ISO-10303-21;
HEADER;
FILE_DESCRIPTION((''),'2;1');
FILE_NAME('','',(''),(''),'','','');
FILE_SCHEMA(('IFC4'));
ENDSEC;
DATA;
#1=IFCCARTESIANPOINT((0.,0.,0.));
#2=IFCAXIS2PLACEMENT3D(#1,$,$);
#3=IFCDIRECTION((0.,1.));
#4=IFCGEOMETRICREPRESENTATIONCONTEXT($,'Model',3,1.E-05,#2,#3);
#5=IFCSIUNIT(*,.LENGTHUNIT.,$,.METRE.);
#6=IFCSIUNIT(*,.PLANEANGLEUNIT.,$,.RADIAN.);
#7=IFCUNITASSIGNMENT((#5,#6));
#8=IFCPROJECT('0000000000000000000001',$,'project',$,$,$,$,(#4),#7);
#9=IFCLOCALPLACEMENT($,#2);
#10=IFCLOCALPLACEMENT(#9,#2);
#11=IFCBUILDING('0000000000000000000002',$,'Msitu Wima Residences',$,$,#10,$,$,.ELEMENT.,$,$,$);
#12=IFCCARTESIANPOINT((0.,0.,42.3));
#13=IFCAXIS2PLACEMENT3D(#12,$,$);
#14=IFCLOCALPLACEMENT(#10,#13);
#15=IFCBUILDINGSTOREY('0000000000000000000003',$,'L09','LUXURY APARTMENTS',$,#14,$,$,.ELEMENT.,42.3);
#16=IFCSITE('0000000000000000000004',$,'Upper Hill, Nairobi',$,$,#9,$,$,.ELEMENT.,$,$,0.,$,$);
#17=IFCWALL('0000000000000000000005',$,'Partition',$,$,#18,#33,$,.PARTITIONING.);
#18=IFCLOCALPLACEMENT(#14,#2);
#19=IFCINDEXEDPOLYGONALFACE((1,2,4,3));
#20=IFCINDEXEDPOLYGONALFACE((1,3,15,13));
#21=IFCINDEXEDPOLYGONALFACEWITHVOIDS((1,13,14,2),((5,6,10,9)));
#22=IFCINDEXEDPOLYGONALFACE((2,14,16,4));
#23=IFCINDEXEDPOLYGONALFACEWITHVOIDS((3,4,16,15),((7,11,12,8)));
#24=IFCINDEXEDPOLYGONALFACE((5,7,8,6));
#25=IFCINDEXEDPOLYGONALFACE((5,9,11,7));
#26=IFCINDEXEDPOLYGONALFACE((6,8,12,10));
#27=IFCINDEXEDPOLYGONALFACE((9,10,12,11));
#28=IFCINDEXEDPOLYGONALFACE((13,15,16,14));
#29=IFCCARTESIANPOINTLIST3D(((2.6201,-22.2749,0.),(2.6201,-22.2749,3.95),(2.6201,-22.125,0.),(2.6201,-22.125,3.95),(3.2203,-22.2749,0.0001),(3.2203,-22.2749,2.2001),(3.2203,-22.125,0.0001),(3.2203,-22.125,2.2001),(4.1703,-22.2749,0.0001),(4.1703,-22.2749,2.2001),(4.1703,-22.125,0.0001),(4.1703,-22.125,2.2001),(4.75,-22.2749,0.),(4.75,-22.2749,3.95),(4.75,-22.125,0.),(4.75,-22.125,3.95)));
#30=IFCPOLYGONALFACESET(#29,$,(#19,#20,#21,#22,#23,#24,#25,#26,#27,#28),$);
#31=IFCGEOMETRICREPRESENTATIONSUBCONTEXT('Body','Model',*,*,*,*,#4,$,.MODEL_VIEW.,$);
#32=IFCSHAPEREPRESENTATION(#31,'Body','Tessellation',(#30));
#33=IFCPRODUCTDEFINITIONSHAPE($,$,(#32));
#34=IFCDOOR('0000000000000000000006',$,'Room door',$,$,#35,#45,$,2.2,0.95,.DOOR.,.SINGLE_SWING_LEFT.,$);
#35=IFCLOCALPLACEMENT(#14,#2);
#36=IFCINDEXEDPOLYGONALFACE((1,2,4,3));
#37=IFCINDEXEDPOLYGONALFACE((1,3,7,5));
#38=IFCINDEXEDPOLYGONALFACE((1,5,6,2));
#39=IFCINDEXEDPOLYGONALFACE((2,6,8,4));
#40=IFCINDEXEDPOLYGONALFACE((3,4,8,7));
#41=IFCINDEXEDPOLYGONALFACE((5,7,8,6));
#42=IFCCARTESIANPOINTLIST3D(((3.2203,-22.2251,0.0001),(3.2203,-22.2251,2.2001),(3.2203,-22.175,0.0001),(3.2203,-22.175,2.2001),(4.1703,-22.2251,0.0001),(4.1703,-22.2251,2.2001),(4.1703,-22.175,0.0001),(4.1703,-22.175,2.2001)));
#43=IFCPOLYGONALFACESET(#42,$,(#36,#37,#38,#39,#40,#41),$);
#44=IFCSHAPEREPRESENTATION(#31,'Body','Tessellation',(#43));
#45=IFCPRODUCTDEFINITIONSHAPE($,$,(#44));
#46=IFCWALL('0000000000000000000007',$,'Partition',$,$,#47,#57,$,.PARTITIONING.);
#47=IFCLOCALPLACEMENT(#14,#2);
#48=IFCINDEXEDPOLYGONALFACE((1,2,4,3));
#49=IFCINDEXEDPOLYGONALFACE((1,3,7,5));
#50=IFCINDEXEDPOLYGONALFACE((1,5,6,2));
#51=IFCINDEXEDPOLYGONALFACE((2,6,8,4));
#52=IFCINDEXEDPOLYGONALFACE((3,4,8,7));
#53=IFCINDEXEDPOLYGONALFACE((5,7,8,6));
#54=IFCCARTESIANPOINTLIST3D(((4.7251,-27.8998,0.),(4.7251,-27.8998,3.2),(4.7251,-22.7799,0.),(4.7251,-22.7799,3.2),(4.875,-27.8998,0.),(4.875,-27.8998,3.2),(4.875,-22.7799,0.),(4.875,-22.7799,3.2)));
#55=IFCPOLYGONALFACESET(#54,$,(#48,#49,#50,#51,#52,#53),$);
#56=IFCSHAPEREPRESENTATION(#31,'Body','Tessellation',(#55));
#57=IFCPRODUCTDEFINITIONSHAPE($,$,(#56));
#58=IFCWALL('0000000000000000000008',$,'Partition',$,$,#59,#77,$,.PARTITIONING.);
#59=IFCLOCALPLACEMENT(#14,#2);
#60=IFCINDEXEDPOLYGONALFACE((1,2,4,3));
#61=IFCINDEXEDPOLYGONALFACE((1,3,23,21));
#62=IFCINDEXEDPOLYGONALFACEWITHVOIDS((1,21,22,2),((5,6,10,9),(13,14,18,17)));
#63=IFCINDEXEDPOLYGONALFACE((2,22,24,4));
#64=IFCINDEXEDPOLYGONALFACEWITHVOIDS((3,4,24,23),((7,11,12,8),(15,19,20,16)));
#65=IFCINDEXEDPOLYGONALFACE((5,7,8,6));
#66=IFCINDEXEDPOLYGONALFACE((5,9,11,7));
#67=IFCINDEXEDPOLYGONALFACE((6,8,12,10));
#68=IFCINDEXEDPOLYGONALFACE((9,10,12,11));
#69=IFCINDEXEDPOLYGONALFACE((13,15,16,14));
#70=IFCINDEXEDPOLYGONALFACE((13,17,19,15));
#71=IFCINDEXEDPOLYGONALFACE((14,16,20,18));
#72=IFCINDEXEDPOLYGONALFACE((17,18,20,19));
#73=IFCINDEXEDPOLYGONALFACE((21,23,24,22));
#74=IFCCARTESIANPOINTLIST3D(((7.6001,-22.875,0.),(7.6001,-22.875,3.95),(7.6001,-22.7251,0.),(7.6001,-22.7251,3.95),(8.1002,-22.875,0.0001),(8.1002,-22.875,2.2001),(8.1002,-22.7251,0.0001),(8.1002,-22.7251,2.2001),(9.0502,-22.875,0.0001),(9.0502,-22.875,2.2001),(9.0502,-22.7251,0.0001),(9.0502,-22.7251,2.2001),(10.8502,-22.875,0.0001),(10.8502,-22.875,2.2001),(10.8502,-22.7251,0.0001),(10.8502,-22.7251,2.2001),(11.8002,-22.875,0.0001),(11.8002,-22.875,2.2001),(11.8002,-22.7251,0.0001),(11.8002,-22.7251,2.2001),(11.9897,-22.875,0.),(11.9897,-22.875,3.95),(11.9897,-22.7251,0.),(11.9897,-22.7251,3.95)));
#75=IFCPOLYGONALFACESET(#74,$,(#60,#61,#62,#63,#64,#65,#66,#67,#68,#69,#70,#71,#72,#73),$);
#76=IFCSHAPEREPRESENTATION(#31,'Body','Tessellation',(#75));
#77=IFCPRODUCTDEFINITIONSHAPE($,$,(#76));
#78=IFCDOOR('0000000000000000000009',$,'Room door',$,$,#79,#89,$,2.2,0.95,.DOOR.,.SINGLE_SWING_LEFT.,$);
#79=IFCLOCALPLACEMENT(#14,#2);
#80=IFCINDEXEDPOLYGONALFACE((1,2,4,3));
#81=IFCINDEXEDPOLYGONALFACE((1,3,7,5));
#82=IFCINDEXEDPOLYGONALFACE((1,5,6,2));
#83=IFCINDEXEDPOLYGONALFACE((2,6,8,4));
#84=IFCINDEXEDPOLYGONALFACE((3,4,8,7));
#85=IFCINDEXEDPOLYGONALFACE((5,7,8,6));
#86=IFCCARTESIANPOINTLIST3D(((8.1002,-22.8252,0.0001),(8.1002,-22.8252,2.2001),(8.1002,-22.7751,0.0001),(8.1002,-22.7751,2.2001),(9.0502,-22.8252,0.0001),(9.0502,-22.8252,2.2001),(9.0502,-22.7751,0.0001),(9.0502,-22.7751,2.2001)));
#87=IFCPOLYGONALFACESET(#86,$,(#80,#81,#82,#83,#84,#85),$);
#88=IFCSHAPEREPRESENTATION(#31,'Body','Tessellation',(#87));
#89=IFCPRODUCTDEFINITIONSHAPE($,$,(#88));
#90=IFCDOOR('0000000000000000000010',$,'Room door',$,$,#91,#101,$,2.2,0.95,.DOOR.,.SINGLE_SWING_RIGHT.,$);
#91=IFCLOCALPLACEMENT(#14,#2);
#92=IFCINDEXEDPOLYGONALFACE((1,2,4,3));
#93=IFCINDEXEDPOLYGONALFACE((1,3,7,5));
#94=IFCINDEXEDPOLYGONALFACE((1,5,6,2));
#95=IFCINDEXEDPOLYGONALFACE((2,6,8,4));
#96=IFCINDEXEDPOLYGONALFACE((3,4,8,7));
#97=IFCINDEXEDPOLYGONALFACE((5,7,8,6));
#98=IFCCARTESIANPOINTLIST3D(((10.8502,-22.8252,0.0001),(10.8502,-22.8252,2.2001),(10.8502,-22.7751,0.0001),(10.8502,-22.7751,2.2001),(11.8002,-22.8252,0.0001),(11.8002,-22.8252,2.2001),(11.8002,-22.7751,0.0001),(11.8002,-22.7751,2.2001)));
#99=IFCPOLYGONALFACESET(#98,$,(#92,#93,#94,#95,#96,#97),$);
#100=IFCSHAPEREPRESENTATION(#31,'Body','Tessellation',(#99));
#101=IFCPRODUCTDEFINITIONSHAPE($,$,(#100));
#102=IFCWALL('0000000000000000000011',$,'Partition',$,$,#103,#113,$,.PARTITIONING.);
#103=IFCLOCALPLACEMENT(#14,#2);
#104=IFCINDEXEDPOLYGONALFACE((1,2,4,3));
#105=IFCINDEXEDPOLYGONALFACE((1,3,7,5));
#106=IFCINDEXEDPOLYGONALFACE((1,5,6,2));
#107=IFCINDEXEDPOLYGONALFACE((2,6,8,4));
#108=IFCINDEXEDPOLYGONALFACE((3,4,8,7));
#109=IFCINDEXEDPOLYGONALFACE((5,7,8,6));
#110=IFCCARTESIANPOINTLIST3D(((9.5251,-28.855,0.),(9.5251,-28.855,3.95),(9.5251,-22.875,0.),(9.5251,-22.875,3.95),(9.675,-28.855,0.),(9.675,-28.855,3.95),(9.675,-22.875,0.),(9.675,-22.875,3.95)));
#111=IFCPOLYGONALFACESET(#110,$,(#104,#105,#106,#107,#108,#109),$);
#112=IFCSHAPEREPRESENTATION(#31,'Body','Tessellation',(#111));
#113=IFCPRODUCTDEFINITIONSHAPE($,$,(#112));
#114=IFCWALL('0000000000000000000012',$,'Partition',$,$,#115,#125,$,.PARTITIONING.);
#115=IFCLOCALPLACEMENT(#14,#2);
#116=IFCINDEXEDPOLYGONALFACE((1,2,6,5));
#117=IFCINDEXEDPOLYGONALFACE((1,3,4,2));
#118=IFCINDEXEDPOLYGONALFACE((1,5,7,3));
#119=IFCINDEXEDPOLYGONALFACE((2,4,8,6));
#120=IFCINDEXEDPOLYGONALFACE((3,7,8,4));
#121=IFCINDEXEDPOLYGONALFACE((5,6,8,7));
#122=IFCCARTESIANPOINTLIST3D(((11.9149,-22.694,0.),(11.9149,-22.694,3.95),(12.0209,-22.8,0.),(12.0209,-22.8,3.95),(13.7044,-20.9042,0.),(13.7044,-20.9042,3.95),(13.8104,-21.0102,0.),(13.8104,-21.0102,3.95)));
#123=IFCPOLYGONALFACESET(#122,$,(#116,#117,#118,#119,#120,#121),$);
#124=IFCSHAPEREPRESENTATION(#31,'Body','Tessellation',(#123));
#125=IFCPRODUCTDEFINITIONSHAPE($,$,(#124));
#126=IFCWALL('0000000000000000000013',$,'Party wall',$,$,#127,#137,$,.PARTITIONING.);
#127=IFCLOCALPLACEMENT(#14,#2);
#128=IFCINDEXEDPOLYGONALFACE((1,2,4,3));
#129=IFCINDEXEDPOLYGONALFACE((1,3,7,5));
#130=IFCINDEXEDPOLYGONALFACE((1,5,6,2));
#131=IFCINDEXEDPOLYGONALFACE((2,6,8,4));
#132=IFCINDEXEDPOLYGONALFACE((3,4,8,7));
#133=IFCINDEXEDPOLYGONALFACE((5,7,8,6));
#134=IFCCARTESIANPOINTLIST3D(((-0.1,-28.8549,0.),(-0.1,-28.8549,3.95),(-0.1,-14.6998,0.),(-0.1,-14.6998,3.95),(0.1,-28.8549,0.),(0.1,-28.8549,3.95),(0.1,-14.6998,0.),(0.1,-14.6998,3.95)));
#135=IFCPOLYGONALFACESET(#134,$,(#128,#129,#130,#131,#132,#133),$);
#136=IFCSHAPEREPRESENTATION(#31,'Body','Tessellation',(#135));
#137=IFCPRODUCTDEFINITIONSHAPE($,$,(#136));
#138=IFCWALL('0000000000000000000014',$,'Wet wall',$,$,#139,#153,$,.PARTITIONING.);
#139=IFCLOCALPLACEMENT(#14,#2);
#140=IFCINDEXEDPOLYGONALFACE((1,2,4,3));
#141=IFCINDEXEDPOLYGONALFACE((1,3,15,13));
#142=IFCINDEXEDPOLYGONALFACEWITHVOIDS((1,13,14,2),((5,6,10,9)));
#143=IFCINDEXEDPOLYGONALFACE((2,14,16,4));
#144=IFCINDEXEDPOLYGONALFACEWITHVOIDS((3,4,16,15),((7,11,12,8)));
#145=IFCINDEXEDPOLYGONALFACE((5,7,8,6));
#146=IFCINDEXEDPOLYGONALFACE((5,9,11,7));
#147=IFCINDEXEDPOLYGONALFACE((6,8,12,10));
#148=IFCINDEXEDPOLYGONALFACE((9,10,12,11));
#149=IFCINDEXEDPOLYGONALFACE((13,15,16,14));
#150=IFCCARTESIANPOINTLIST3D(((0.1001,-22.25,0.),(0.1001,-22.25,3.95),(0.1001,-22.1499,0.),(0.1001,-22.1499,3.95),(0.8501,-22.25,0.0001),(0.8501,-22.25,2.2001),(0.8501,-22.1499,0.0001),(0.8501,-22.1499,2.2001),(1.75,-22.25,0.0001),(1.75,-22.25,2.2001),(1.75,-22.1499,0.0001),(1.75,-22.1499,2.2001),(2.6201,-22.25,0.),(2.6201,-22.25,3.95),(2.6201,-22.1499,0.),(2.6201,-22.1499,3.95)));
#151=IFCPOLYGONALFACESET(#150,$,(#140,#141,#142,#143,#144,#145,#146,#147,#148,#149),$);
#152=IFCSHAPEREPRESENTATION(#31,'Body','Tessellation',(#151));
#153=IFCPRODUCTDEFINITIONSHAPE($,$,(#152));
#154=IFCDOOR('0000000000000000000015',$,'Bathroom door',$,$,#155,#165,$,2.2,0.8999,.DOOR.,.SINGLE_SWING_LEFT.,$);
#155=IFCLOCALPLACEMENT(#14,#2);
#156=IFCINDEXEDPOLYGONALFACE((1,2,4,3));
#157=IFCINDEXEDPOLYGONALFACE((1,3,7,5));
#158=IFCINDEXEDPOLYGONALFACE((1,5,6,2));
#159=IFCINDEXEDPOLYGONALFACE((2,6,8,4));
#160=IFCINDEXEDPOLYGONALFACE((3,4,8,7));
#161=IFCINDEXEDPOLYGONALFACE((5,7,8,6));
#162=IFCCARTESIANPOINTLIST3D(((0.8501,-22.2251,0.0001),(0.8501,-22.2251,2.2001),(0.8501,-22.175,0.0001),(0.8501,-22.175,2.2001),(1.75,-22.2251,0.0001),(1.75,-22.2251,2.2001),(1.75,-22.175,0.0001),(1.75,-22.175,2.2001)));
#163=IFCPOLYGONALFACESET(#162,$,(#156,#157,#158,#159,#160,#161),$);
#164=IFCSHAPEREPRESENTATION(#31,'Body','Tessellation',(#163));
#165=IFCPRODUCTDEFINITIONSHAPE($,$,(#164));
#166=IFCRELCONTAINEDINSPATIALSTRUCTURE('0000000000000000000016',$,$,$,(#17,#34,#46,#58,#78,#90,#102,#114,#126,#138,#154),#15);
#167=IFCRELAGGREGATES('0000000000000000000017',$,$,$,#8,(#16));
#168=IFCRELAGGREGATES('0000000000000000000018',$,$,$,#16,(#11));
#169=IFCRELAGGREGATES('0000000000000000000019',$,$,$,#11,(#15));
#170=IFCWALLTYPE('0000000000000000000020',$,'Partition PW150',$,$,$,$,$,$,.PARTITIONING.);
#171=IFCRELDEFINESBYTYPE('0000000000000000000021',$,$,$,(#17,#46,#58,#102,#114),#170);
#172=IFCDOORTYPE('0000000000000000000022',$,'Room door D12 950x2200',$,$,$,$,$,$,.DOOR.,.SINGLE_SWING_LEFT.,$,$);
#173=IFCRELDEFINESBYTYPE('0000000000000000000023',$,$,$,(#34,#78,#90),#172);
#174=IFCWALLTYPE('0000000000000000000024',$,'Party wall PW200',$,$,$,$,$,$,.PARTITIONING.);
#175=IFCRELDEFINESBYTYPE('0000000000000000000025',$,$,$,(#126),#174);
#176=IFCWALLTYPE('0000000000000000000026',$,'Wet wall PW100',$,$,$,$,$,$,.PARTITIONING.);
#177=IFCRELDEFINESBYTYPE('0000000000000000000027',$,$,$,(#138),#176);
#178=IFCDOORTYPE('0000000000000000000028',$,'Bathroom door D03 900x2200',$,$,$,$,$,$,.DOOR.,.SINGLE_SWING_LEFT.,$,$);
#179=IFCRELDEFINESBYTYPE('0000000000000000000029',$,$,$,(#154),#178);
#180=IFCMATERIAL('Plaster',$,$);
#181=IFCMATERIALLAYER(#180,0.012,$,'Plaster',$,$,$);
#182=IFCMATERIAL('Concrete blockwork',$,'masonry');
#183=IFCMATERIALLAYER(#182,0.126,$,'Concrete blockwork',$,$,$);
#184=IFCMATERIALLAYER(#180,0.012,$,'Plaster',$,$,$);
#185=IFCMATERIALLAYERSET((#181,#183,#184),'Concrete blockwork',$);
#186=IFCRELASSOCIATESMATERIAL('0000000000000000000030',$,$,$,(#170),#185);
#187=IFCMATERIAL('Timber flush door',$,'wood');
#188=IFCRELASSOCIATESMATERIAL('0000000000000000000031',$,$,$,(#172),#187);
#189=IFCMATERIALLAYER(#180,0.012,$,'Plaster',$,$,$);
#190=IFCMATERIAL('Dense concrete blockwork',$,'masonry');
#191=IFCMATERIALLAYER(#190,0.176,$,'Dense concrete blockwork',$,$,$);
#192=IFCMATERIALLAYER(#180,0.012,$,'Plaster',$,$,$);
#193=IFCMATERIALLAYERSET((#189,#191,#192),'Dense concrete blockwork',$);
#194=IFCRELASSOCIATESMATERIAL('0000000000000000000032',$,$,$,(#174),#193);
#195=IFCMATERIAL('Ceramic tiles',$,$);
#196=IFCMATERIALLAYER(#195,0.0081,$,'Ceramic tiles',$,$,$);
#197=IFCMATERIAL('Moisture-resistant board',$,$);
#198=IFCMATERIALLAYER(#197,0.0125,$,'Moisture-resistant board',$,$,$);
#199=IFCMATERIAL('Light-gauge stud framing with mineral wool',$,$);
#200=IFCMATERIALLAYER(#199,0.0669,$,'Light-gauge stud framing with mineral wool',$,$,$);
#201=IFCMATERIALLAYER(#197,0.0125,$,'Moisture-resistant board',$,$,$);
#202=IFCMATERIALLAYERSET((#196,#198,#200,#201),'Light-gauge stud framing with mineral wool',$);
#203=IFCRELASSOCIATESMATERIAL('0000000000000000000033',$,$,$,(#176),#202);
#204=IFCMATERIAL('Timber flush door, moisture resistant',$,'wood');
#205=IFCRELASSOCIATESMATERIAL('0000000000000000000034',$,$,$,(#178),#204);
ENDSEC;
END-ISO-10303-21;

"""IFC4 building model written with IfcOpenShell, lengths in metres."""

from ifc_helpers import new_model, si_unit, direction, frame, frame_2d, origin, place, context, subcontext, project, spatial, rectangle, extrude, material, layer, layer_set, type_object, element, fill, save


model = new_model("IFC4")

# Units and contexts
model_context = context("Model", 3, precision=1e-05, world=origin(), true_north=direction((0.0, 1.0)))
body_context = subcontext(model_context, "Body", "Model", "MODEL_VIEW")
ifc_project = project(units=[si_unit("LENGTHUNIT", "METRE"), si_unit("PLANEANGLEUNIT", "RADIAN")], contexts=[model_context])

# Site, building, storey
site_placement = place(None, origin())
site = spatial("IfcSite", under=ifc_project, at=site_placement, Name="Upper Hill, Nairobi", CompositionType="ELEMENT", RefElevation=0.0)
building_placement = place(site_placement, origin())
building = spatial("IfcBuilding", under=site, at=building_placement, Name="Msitu Wima Residences", CompositionType="ELEMENT")
storey_placement = place(building_placement, frame((0.0, 0.0, 42.3)))
storey = spatial("IfcBuildingStorey", under=building, at=storey_placement, Name="L09", Description="LUXURY APARTMENTS", CompositionType="ELEMENT", Elevation=42.3)

# Wall, opening, door
ifc_material_1 = material(Name="Plaster")
ifc_layer_1 = layer(ifc_material_1, 0.012, Name="Plaster")
ifc_material_2 = material(Name="Concrete blockwork", Category="masonry")
ifc_layer_2 = layer(ifc_material_2, 0.126, Name="Concrete blockwork")
ifc_layer_3 = layer(ifc_material_1, 0.012, Name="Plaster")
ifc_layer_set_1 = layer_set([ifc_layer_1, ifc_layer_2, ifc_layer_3], Name="Concrete blockwork")
wall_type_1 = type_object("IfcWallType", Name="Partition PW150", PredefinedType="PARTITIONING", material=ifc_layer_set_1)
wall_1_placement = place(storey_placement, frame((2.6201, -22.2, 0.0), z_axis=(0.0, 0.0, 1.0), x_axis=(1.0, 0.0, 0.0)))
wall_1 = element("IfcWall", 1, at=wall_1_placement, inside=storey, type_object=wall_type_1, Name="Partition", PredefinedType="PARTITIONING", context=body_context, shape_type="SweptSolid", body=[
    extrude(rectangle(XDim=2.1299, YDim=0.1499, at=frame_2d((1.0649, 0.0))), origin(), (0.0, 0.0, 1.0), 3.95),
])
opening_1_placement = place(wall_1_placement, frame((0.6001, 0.0, 0.0)))
opening_1 = element("IfcOpeningElement", 2, at=opening_1_placement, cuts=wall_1, PredefinedType="OPENING", context=body_context, shape_type="SweptSolid", body=[
    extrude(rectangle(XDim=0.95, YDim=2.2, at=frame_2d((0.4751, 1.1001))), frame((0.0, 0.085, 0.0), z_axis=(0.0, -1.0, 0.0), x_axis=(1.0, 0.0, 0.0)), (0.0, 0.0, 1.0), 0.1699),
])
ifc_material_3 = material(Name="Timber flush door", Category="wood")
door_type_1 = type_object("IfcDoorType", Name="Room door D12 950x2200", OperationType="SINGLE_SWING_LEFT", PredefinedType="DOOR", material=ifc_material_3)
door_1_placement = place(opening_1_placement, origin())
door_1 = element("IfcDoor", 3, at=door_1_placement, inside=storey, type_object=door_type_1, Name="Room door", OperationType="SINGLE_SWING_LEFT", OverallHeight=2.2, OverallWidth=0.95, PredefinedType="DOOR", context=body_context, shape_type="SweptSolid", body=[
    extrude(rectangle(XDim=0.95, YDim=2.2, at=frame_2d((0.4751, 1.1001))), frame((0.0, 0.0249, 0.0), z_axis=(0.0, -1.0, 0.0), x_axis=(1.0, 0.0, 0.0)), (0.0, 0.0, 1.0), 0.05),
])
fill(opening_1, door_1)

# Wall
wall_2_placement = place(storey_placement, frame((4.8, -27.8999, 0.0), z_axis=(0.0, 0.0, 1.0), x_axis=(0.0, 1.0, 0.0)))
element("IfcWall", 4, at=wall_2_placement, inside=storey, type_object=wall_type_1, Name="Partition", PredefinedType="PARTITIONING", context=body_context, shape_type="SweptSolid", body=[
    extrude(rectangle(XDim=5.1199, YDim=0.1499, at=frame_2d((2.5601, 0.0))), origin(), (0.0, 0.0, 1.0), 3.2),
])

# Wall, openings, doors
wall_3_placement = place(storey_placement, frame((7.6001, -22.8, 0.0), z_axis=(0.0, 0.0, 1.0), x_axis=(1.0, 0.0, 0.0)))
wall_3 = element("IfcWall", 5, at=wall_3_placement, inside=storey, type_object=wall_type_1, Name="Partition", PredefinedType="PARTITIONING", context=body_context, shape_type="SweptSolid", body=[
    extrude(rectangle(XDim=4.3896, YDim=0.1499, at=frame_2d((2.1948, 0.0))), origin(), (0.0, 0.0, 1.0), 3.95),
])
opening_2_placement = place(wall_3_placement, frame((0.5, 0.0, 0.0)))
opening_2 = element("IfcOpeningElement", 6, at=opening_2_placement, cuts=wall_3, PredefinedType="OPENING", context=body_context, shape_type="SweptSolid", body=[
    extrude(rectangle(XDim=0.95, YDim=2.2, at=frame_2d((0.4751, 1.1001))), frame((0.0, 0.085, 0.0), z_axis=(0.0, -1.0, 0.0), x_axis=(1.0, 0.0, 0.0)), (0.0, 0.0, 1.0), 0.1699),
])
opening_3_placement = place(wall_3_placement, frame((3.25, 0.0, 0.0)))
opening_3 = element("IfcOpeningElement", 7, at=opening_3_placement, cuts=wall_3, PredefinedType="OPENING", context=body_context, shape_type="SweptSolid", body=[
    extrude(rectangle(XDim=0.95, YDim=2.2, at=frame_2d((0.4751, 1.1001))), frame((0.0, 0.085, 0.0), z_axis=(0.0, -1.0, 0.0), x_axis=(1.0, 0.0, 0.0)), (0.0, 0.0, 1.0), 0.1699),
])
door_2_placement = place(opening_2_placement, origin())
door_2 = element("IfcDoor", 8, at=door_2_placement, inside=storey, type_object=door_type_1, Name="Room door", OperationType="SINGLE_SWING_LEFT", OverallHeight=2.2, OverallWidth=0.95, PredefinedType="DOOR", context=body_context, shape_type="SweptSolid", body=[
    extrude(rectangle(XDim=0.95, YDim=2.2, at=frame_2d((0.4751, 1.1001))), frame((0.0, 0.0249, 0.0), z_axis=(0.0, -1.0, 0.0), x_axis=(1.0, 0.0, 0.0)), (0.0, 0.0, 1.0), 0.05),
])
fill(opening_2, door_2)
door_3_placement = place(opening_3_placement, origin())
door_3 = element("IfcDoor", 9, at=door_3_placement, inside=storey, type_object=door_type_1, Name="Room door", OperationType="SINGLE_SWING_RIGHT", OverallHeight=2.2, OverallWidth=0.95, PredefinedType="DOOR", context=body_context, shape_type="SweptSolid", body=[
    extrude(rectangle(XDim=0.95, YDim=2.2, at=frame_2d((0.4751, 1.1001))), frame((0.0, 0.0249, 0.0), z_axis=(0.0, -1.0, 0.0), x_axis=(1.0, 0.0, 0.0)), (0.0, 0.0, 1.0), 0.05),
])
fill(opening_3, door_3)

# Walls
wall_4_placement = place(storey_placement, frame((9.6001, -28.855, 0.0), z_axis=(0.0, 0.0, 1.0), x_axis=(0.0, 1.0, 0.0)))
element("IfcWall", 10, at=wall_4_placement, inside=storey, type_object=wall_type_1, Name="Partition", PredefinedType="PARTITIONING", context=body_context, shape_type="SweptSolid", body=[
    extrude(rectangle(XDim=5.98, YDim=0.1499, at=frame_2d((2.99, 0.0))), origin(), (0.0, 0.0, 1.0), 3.95),
])
wall_5_placement = place(storey_placement, frame((11.9678, -22.7471, 0.0), z_axis=(0.0, 0.0, 1.0), x_axis=(0.707059, 0.707155, 0.0)))
element("IfcWall", 11, at=wall_5_placement, inside=storey, type_object=wall_type_1, Name="Partition", PredefinedType="PARTITIONING", context=body_context, shape_type="SweptSolid", body=[
    extrude(rectangle(XDim=2.531, YDim=0.1499, at=frame_2d((1.2656, 0.0))), origin(), (0.0, 0.0, 1.0), 3.95),
])
ifc_layer_4 = layer(ifc_material_1, 0.012, Name="Plaster")
ifc_material_4 = material(Name="Dense concrete blockwork", Category="masonry")
ifc_layer_5 = layer(ifc_material_4, 0.176, Name="Dense concrete blockwork")
ifc_layer_6 = layer(ifc_material_1, 0.012, Name="Plaster")
ifc_layer_set_2 = layer_set([ifc_layer_4, ifc_layer_5, ifc_layer_6], Name="Dense concrete blockwork")
wall_type_2 = type_object("IfcWallType", Name="Party wall PW200", PredefinedType="PARTITIONING", material=ifc_layer_set_2)
wall_6_placement = place(storey_placement, frame((0.0, -28.855, 0.0), z_axis=(0.0, 0.0, 1.0), x_axis=(0.0, 1.0, 0.0)))
element("IfcWall", 12, at=wall_6_placement, inside=storey, type_object=wall_type_2, Name="Party wall", PredefinedType="PARTITIONING", context=body_context, shape_type="SweptSolid", body=[
    extrude(rectangle(XDim=14.155, YDim=0.2, at=frame_2d((7.0776, 0.0))), origin(), (0.0, 0.0, 1.0), 3.95),
])

# Wall, opening, door
ifc_material_5 = material(Name="Ceramic tiles")
ifc_layer_7 = layer(ifc_material_5, 0.0081, Name="Ceramic tiles")
ifc_material_6 = material(Name="Moisture-resistant board")
ifc_layer_8 = layer(ifc_material_6, 0.0125, Name="Moisture-resistant board")
ifc_material_7 = material(Name="Light-gauge stud framing with mineral wool")
ifc_layer_9 = layer(ifc_material_7, 0.0669, Name="Light-gauge stud framing with mineral wool")
ifc_layer_10 = layer(ifc_material_6, 0.0125, Name="Moisture-resistant board")
ifc_layer_set_3 = layer_set([ifc_layer_7, ifc_layer_8, ifc_layer_9, ifc_layer_10], Name="Light-gauge stud framing with mineral wool")
wall_type_3 = type_object("IfcWallType", Name="Wet wall PW100", PredefinedType="PARTITIONING", material=ifc_layer_set_3)
wall_7_placement = place(storey_placement, frame((0.1001, -22.2, 0.0), z_axis=(0.0, 0.0, 1.0), x_axis=(1.0, 0.0, 0.0)))
wall_7 = element("IfcWall", 13, at=wall_7_placement, inside=storey, type_object=wall_type_3, Name="Wet wall", PredefinedType="PARTITIONING", context=body_context, shape_type="SweptSolid", body=[
    extrude(rectangle(XDim=2.52, YDim=0.1001, at=frame_2d((1.26, 0.0))), origin(), (0.0, 0.0, 1.0), 3.95),
])
opening_4_placement = place(wall_7_placement, frame((0.75, 0.0, 0.0)))
opening_4 = element("IfcOpeningElement", 14, at=opening_4_placement, cuts=wall_7, PredefinedType="OPENING", context=body_context, shape_type="SweptSolid", body=[
    extrude(rectangle(XDim=0.8999, YDim=2.2, at=frame_2d((0.45, 1.1001))), frame((0.0, 0.0601, 0.0), z_axis=(0.0, -1.0, 0.0), x_axis=(1.0, 0.0, 0.0)), (0.0, 0.0, 1.0), 0.1201),
])
ifc_material_8 = material(Name="Timber flush door, moisture resistant", Category="wood")
door_type_2 = type_object("IfcDoorType", Name="Bathroom door D03 900x2200", OperationType="SINGLE_SWING_LEFT", PredefinedType="DOOR", material=ifc_material_8)
door_4_placement = place(opening_4_placement, origin())
door_4 = element("IfcDoor", 15, at=door_4_placement, inside=storey, type_object=door_type_2, Name="Bathroom door", OperationType="SINGLE_SWING_LEFT", OverallHeight=2.2, OverallWidth=0.8999, PredefinedType="DOOR", context=body_context, shape_type="SweptSolid", body=[
    extrude(rectangle(XDim=0.8999, YDim=2.2, at=frame_2d((0.45, 1.1001))), frame((0.0, 0.0249, 0.0), z_axis=(0.0, -1.0, 0.0), x_axis=(1.0, 0.0, 0.0)), (0.0, 0.0, 1.0), 0.05),
])
fill(opening_4, door_4)

save(model, "model.ifc")
